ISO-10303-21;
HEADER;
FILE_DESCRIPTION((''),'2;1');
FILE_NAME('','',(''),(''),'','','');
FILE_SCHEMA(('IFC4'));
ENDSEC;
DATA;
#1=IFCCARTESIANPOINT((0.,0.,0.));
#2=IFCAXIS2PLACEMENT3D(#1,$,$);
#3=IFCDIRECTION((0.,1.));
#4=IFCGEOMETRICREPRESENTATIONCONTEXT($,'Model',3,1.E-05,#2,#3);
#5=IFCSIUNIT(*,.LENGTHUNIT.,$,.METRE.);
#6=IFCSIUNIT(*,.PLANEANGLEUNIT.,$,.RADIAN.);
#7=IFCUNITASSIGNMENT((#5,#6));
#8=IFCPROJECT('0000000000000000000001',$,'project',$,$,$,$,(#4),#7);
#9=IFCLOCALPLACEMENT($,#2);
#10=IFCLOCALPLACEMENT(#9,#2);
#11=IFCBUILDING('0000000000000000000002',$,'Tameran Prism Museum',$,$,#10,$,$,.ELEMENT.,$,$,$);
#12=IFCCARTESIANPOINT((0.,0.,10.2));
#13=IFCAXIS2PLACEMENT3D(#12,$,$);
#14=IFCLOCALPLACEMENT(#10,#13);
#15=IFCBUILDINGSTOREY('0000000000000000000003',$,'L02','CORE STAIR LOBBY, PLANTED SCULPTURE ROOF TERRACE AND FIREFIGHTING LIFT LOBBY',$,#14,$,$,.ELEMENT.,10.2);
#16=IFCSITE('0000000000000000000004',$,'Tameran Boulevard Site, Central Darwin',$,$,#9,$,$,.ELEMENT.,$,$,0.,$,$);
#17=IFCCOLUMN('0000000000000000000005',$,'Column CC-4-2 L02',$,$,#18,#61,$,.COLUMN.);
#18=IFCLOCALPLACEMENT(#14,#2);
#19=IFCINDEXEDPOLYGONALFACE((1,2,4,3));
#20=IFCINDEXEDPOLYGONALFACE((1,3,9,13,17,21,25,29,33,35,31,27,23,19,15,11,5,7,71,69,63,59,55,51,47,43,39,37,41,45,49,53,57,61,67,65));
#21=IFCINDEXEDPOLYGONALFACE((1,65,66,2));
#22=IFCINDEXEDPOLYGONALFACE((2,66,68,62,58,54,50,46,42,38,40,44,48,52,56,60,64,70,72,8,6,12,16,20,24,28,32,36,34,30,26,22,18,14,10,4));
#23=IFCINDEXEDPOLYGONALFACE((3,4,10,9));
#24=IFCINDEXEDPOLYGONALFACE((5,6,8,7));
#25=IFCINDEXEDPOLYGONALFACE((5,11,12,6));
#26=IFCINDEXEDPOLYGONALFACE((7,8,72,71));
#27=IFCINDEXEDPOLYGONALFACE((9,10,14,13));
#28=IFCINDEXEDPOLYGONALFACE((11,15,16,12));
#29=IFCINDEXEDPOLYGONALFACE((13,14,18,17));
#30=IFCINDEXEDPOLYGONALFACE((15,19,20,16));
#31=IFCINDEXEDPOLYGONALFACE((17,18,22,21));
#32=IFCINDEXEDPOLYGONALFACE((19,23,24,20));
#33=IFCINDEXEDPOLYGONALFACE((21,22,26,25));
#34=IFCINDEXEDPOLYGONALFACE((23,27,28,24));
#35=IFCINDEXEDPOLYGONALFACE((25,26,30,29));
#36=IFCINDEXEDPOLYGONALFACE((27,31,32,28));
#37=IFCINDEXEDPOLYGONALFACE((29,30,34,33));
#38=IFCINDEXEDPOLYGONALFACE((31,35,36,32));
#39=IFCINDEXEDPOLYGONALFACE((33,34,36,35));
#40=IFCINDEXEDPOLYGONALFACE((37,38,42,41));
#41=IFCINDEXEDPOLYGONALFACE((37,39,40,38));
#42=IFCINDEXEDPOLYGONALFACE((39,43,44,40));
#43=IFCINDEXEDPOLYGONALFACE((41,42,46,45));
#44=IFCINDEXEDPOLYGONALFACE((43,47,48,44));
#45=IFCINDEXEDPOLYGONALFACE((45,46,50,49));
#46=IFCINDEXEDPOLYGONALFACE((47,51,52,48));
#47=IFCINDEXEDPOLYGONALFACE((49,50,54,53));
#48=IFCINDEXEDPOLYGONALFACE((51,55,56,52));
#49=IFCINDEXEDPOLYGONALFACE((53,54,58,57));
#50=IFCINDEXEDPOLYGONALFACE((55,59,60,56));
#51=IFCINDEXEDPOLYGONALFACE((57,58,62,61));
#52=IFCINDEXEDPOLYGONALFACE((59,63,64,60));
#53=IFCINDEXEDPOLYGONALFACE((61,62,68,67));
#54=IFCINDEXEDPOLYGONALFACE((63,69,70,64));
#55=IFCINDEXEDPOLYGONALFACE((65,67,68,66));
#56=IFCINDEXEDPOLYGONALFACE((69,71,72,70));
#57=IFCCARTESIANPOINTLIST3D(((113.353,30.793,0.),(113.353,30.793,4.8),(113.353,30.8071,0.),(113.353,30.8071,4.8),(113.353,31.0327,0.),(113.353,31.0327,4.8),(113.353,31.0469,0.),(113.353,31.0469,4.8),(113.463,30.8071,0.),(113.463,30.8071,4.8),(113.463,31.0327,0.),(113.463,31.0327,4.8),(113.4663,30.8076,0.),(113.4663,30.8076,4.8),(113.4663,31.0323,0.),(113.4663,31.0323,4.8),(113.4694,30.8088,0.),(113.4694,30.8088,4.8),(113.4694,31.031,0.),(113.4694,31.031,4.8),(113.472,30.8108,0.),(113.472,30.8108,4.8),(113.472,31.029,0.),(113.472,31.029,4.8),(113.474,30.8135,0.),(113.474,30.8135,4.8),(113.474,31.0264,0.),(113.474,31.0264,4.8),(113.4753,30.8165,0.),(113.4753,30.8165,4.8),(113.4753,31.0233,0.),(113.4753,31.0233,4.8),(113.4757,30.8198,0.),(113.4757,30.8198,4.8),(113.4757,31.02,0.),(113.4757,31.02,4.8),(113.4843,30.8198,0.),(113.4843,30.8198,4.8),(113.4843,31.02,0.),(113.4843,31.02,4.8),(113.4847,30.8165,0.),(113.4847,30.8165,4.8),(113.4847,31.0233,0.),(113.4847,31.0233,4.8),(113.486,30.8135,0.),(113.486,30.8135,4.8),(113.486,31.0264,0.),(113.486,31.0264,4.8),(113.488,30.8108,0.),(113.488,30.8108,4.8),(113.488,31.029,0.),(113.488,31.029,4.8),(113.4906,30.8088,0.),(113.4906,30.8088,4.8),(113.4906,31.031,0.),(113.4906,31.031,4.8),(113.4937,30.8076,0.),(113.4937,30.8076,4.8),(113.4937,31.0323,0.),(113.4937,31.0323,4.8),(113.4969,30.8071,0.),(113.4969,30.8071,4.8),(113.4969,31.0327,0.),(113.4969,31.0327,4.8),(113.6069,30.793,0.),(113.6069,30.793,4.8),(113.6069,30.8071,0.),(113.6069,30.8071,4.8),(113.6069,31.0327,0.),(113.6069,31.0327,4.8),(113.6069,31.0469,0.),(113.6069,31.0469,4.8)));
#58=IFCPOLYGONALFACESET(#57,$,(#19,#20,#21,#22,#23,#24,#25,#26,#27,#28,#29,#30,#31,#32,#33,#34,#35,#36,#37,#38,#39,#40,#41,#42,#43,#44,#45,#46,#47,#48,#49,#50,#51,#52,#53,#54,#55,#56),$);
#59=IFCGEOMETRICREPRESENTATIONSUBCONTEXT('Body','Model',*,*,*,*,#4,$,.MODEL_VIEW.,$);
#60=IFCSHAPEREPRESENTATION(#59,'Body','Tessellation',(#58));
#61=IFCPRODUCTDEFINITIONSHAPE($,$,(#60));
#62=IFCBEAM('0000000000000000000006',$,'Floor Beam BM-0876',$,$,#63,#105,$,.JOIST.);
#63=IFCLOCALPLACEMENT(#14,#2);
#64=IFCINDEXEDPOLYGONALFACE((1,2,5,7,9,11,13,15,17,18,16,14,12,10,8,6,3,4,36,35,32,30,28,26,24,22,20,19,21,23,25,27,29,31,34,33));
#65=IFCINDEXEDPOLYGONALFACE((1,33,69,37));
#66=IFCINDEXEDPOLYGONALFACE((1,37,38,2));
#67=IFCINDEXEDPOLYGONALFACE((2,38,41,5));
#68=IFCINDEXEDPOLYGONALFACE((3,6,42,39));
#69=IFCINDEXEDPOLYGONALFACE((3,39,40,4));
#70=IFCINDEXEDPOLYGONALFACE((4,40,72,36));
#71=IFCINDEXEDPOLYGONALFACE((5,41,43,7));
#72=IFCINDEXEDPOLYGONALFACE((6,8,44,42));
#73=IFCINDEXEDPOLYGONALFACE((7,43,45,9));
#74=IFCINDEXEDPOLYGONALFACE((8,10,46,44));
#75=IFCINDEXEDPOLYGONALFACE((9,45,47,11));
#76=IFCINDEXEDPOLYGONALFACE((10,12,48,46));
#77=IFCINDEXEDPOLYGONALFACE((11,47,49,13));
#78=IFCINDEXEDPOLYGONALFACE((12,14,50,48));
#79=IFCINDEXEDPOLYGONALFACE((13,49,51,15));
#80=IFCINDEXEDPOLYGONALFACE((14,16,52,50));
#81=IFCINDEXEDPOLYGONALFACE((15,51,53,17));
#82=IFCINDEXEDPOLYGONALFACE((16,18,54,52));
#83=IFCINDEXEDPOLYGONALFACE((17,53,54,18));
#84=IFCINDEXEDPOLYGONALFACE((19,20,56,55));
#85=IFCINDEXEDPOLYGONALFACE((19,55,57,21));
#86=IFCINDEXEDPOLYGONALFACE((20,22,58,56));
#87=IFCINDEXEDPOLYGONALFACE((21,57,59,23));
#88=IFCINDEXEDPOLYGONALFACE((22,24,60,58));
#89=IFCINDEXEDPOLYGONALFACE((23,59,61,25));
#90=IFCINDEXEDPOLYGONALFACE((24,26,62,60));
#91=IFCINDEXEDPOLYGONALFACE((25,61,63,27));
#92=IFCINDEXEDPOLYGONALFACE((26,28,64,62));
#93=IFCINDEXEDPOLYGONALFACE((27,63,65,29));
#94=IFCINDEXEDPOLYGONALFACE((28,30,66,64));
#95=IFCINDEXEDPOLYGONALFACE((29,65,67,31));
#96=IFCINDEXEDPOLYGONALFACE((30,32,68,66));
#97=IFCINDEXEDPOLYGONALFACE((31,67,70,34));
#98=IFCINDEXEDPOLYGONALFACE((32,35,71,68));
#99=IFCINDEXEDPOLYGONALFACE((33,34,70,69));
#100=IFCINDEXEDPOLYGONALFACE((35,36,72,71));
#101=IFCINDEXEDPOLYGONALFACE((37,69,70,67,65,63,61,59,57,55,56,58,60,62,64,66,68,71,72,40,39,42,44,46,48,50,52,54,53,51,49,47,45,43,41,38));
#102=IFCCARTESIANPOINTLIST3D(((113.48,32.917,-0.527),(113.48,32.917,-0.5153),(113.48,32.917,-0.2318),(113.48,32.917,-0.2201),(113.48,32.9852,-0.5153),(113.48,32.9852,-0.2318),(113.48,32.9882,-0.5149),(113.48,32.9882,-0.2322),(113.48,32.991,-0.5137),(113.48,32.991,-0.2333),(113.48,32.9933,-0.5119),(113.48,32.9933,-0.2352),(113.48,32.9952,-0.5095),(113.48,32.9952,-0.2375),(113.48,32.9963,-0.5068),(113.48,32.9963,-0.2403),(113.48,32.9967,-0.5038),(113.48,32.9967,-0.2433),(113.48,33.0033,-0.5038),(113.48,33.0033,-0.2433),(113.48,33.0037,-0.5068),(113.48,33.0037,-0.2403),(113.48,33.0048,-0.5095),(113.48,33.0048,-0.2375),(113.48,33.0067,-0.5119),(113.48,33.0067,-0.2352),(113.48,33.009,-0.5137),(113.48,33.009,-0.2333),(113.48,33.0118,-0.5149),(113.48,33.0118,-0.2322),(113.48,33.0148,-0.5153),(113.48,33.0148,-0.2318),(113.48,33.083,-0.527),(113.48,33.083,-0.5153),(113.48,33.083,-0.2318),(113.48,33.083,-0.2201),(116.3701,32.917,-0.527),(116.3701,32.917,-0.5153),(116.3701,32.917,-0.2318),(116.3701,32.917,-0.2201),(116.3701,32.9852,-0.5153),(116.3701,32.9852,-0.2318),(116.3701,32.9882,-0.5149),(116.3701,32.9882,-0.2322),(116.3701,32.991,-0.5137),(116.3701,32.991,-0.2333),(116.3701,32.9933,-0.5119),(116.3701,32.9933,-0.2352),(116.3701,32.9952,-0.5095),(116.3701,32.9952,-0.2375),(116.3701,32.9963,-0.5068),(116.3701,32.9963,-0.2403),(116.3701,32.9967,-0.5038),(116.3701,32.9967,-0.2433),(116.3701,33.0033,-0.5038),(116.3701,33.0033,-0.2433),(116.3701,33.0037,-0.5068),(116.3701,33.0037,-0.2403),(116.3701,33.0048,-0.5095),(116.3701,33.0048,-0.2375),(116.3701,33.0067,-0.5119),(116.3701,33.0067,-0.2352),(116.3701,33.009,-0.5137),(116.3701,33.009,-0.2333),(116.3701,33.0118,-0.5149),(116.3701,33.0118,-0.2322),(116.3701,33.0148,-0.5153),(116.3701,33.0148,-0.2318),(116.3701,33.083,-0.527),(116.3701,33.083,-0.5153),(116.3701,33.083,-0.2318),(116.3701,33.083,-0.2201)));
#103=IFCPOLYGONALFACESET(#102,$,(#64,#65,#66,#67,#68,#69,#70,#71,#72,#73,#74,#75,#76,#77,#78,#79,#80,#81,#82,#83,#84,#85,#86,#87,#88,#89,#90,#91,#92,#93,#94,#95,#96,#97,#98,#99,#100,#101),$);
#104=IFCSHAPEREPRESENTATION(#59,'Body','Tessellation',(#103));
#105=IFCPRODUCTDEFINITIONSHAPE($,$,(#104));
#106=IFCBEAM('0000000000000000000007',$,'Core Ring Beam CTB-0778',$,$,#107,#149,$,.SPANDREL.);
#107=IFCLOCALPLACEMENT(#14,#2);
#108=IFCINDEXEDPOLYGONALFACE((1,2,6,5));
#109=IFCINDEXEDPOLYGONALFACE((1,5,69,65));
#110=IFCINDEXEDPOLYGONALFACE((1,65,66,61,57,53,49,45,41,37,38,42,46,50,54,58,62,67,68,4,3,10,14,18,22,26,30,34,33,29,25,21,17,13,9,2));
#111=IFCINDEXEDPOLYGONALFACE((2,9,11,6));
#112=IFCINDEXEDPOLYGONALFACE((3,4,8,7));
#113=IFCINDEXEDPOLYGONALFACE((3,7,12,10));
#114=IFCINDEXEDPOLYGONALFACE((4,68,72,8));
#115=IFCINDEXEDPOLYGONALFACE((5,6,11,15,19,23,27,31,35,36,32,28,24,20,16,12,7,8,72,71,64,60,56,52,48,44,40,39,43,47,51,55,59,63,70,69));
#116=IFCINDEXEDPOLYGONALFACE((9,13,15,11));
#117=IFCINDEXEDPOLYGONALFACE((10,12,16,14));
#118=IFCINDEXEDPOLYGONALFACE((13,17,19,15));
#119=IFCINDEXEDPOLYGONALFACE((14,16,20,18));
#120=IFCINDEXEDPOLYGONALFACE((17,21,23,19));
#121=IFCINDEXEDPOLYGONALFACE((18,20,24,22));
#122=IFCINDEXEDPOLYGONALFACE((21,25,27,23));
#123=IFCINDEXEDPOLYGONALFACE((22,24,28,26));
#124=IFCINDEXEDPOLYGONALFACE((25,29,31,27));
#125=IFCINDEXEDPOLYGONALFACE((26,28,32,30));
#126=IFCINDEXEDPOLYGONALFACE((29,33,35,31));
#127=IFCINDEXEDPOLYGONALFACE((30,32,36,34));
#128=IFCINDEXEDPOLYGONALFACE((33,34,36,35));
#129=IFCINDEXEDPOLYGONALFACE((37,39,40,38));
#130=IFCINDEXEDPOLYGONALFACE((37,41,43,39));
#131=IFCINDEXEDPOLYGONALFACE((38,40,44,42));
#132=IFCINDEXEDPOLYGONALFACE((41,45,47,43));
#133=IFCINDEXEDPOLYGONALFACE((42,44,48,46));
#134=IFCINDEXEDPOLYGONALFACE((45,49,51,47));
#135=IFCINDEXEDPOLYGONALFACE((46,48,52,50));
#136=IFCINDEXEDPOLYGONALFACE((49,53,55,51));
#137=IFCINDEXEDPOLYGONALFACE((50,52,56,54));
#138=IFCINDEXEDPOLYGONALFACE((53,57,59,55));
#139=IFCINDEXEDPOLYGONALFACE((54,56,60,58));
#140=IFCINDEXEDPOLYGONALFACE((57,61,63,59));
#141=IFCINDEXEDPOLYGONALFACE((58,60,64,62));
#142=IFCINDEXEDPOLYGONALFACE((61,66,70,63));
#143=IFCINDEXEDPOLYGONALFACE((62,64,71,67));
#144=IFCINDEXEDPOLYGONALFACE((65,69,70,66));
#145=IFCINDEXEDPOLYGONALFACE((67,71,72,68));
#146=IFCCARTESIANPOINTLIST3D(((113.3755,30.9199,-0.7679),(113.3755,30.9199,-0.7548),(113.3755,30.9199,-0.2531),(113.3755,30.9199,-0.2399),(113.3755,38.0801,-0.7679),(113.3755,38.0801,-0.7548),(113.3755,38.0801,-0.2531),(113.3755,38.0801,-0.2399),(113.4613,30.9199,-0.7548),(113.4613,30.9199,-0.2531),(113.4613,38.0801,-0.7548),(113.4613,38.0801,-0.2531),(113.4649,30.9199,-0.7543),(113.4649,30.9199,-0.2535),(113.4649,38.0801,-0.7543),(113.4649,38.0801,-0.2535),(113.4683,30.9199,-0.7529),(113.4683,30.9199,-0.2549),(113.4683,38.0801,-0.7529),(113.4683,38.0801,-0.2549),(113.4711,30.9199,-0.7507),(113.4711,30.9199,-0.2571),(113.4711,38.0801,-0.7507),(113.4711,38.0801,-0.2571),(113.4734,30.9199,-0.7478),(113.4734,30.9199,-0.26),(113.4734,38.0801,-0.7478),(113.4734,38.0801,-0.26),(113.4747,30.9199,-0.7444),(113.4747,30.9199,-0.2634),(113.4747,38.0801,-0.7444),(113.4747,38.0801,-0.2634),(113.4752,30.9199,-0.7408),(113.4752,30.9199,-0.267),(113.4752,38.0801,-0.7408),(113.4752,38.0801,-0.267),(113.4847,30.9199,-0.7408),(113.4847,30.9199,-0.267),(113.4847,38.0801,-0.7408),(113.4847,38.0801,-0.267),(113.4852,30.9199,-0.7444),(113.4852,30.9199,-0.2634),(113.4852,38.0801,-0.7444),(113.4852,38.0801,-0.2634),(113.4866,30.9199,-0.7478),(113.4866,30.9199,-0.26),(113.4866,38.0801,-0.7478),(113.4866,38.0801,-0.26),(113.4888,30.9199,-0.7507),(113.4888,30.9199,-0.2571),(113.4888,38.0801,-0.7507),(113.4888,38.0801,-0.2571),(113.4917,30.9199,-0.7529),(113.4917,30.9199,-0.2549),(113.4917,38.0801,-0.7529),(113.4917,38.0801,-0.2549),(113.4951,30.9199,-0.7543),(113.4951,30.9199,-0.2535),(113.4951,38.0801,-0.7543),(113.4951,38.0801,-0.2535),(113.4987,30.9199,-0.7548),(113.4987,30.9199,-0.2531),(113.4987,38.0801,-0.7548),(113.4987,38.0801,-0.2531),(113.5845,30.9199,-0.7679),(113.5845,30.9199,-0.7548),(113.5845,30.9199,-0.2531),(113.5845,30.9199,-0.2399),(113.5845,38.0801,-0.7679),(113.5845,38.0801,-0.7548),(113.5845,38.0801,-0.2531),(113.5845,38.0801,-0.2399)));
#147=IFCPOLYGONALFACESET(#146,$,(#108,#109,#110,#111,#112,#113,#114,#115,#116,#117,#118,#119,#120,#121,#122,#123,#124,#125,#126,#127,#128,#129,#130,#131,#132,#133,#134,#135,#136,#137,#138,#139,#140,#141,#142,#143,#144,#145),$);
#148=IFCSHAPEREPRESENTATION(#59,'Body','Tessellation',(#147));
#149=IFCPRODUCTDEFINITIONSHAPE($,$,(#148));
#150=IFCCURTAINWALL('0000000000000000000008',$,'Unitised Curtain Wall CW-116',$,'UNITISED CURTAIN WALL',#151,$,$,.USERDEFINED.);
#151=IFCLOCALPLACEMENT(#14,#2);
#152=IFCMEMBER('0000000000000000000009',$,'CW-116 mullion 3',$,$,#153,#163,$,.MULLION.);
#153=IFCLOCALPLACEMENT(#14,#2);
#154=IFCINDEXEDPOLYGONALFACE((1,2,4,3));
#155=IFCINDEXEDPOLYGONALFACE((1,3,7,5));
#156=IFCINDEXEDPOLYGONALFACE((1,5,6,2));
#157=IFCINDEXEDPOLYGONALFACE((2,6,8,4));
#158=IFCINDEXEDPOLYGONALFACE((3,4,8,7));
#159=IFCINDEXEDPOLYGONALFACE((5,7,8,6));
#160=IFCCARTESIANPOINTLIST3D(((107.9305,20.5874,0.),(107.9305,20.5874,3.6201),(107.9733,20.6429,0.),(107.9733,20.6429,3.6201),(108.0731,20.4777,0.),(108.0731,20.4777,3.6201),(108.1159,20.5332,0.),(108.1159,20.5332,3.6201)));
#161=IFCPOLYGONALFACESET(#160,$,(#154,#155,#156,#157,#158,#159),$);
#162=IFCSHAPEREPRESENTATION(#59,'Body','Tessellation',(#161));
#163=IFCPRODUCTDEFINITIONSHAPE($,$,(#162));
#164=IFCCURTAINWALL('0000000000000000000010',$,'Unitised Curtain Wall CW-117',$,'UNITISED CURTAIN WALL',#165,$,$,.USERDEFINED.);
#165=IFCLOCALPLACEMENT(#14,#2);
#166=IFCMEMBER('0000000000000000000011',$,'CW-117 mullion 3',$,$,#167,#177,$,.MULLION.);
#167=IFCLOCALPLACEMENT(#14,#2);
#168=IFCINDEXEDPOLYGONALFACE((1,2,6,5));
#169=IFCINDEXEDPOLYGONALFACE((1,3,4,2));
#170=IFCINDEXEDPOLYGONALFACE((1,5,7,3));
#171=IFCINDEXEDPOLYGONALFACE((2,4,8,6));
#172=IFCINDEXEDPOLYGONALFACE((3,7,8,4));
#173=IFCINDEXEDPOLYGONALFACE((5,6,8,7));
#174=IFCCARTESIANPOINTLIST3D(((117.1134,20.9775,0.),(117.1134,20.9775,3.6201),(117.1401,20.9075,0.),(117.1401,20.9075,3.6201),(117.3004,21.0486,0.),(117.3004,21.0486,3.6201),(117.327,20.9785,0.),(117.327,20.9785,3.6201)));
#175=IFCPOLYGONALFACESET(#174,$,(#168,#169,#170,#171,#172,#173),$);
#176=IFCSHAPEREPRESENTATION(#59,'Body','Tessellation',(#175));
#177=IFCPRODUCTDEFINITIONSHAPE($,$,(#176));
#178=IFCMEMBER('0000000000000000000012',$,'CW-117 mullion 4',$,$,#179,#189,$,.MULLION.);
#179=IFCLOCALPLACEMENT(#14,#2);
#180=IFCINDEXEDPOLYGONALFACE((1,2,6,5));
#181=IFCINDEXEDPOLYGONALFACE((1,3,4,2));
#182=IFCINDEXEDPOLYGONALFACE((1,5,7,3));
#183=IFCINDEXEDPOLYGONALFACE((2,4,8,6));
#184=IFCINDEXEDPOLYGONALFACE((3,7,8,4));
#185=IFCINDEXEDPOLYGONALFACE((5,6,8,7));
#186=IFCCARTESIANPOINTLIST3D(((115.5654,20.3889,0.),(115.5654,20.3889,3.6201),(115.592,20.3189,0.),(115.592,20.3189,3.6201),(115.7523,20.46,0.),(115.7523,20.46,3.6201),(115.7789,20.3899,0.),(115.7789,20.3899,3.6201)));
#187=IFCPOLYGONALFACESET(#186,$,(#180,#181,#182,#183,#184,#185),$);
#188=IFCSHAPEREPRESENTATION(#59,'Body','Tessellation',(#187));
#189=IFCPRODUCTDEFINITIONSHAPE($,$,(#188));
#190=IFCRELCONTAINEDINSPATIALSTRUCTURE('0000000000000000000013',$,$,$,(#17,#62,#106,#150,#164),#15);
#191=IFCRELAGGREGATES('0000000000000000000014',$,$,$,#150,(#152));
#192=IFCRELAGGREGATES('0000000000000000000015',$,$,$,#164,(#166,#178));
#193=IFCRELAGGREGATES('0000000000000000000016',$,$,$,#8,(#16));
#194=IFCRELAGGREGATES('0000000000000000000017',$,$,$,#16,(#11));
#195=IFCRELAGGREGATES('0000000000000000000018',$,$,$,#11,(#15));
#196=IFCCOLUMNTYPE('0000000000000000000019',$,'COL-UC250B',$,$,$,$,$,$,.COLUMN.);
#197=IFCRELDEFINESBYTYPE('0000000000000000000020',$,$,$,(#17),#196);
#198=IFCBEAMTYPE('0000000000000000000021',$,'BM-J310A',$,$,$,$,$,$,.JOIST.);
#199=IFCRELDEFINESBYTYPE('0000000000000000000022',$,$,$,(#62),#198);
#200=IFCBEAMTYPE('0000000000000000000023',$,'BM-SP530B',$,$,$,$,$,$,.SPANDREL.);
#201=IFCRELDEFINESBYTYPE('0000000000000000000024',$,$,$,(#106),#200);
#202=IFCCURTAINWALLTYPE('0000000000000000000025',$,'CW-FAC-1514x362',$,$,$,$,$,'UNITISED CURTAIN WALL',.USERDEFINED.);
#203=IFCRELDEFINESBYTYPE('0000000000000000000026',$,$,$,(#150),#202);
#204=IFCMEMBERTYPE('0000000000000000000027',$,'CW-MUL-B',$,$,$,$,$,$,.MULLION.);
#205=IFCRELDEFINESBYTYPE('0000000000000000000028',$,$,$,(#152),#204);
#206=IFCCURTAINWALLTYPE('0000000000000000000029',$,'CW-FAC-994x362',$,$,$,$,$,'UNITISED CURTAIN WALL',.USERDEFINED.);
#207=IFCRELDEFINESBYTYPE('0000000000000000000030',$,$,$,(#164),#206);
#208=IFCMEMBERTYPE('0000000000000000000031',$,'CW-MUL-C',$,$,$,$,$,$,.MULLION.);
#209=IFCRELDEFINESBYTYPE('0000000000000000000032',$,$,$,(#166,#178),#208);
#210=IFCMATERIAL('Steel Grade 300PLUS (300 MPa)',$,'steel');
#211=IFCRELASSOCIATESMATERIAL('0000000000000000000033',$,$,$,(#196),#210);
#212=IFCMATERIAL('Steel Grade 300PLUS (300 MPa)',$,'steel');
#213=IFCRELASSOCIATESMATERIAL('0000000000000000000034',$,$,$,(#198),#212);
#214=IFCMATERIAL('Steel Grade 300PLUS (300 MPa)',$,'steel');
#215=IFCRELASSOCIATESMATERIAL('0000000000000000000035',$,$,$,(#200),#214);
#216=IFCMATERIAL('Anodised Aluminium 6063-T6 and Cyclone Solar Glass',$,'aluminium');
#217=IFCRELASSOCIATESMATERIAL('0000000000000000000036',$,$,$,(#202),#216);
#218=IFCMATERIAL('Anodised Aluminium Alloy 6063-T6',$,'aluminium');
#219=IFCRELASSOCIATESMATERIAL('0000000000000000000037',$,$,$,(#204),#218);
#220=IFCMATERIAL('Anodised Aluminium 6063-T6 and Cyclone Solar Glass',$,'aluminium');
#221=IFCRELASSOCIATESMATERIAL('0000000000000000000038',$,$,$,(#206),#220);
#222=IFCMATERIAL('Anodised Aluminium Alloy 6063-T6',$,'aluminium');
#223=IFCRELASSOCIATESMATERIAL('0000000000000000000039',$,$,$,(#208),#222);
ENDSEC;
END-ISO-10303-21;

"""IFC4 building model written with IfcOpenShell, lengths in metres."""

from ifc_helpers import new_model, si_unit, direction, frame, origin, origin_2d, place, context, subcontext, project, spatial, rectangle, i_section, extrude, material, material_profile, profile_set, type_object, element, aggregate, save


model = new_model("IFC4")

# Units and contexts
model_context = context("Model", 3, precision=1e-05, world=origin(), true_north=direction((0.0, 1.0)))
body_context = subcontext(model_context, "Body", "Model", "MODEL_VIEW")
ifc_project = project(units=[si_unit("LENGTHUNIT", "METRE"), si_unit("PLANEANGLEUNIT", "RADIAN")], contexts=[model_context])

# Site, building, storey
site_placement = place(None, origin())
site = spatial("IfcSite", under=ifc_project, at=site_placement, Name="Tameran Boulevard Site, Central Darwin", CompositionType="ELEMENT", RefElevation=0.0)
building_placement = place(site_placement, origin())
building = spatial("IfcBuilding", under=site, at=building_placement, Name="Tameran Prism Museum", CompositionType="ELEMENT")
storey_placement = place(building_placement, frame((0.0, 0.0, 10.2)))
storey = spatial("IfcBuildingStorey", under=building, at=storey_placement, Name="L02", Description="CORE STAIR LOBBY, PLANTED SCULPTURE ROOF TERRACE AND FIREFIGHTING LIFT LOBBY", CompositionType="ELEMENT", Elevation=10.2)

# Column
ifc_material_1 = material(Name="Steel Grade 300PLUS (300 MPa)", Category="steel")
ifc_material_profile_1 = material_profile(ifc_material_1, i_section(OverallWidth=0.2539, OverallDepth=0.2539, WebThickness=0.0085, FlangeThickness=0.0142, FilletRadius=0.0127, at=origin_2d()))
ifc_profile_set_1 = profile_set([ifc_material_profile_1])
column_type = type_object("IfcColumnType", Name="COL-UC250B", PredefinedType="COLUMN", material=ifc_profile_set_1)
column_placement = place(storey_placement, frame((113.48, 30.9199, 0.0), z_axis=(0.0, 0.0, 1.0), x_axis=(1.0, 0.0, 0.0)))
element("IfcColumn", 1, at=column_placement, inside=storey, type_object=column_type, Name="Column CC-4-2 L02", PredefinedType="COLUMN", context=body_context, shape_type="SweptSolid", body=[
    extrude(i_section(OverallWidth=0.2539, OverallDepth=0.2539, WebThickness=0.0085, FlangeThickness=0.0142, FilletRadius=0.0127, at=origin_2d()), origin(), (0.0, 0.0, 1.0), 4.8),
])

# Beams
ifc_material_2 = material(Name="Steel Grade 300PLUS (300 MPa)", Category="steel")
ifc_material_profile_2 = material_profile(ifc_material_2, i_section(OverallWidth=0.166, OverallDepth=0.3069, WebThickness=0.0066, FlangeThickness=0.0117, FilletRadius=0.0115, at=origin_2d()))
ifc_profile_set_2 = profile_set([ifc_material_profile_2])
beam_type_1 = type_object("IfcBeamType", Name="BM-J310A", PredefinedType="JOIST", material=ifc_profile_set_2)
beam_1_placement = place(storey_placement, frame((113.48, 33.0, -0.3735), z_axis=(1.0, 0.0, 0.0), x_axis=(0.0, 1.0, 0.0)))
element("IfcBeam", 2, at=beam_1_placement, inside=storey, type_object=beam_type_1, Name="Floor Beam BM-0876", PredefinedType="JOIST", context=body_context, shape_type="SweptSolid", body=[
    extrude(i_section(OverallWidth=0.166, OverallDepth=0.3069, WebThickness=0.0066, FlangeThickness=0.0117, FilletRadius=0.0115, at=origin_2d()), origin(), (0.0, 0.0, 1.0), 2.8901),
])
ifc_material_3 = material(Name="Steel Grade 300PLUS (300 MPa)", Category="steel")
ifc_material_profile_3 = material_profile(ifc_material_3, i_section(OverallWidth=0.209, OverallDepth=0.5281, WebThickness=0.0095, FlangeThickness=0.0132, FilletRadius=0.0139, at=origin_2d()))
ifc_profile_set_3 = profile_set([ifc_material_profile_3])
beam_type_2 = type_object("IfcBeamType", Name="BM-SP530B", PredefinedType="SPANDREL", material=ifc_profile_set_3)
beam_2_placement = place(storey_placement, frame((113.48, 30.9199, -0.5039), z_axis=(0.0, 1.0, 0.0), x_axis=(-1.0, 0.0, 0.0)))
element("IfcBeam", 3, at=beam_2_placement, inside=storey, type_object=beam_type_2, Name="Core Ring Beam CTB-0778", PredefinedType="SPANDREL", context=body_context, shape_type="SweptSolid", body=[
    extrude(i_section(OverallWidth=0.209, OverallDepth=0.5281, WebThickness=0.0095, FlangeThickness=0.0132, FilletRadius=0.0139, at=origin_2d()), origin(), (0.0, 0.0, 1.0), 7.1602),
])

# Curtain wall, member
ifc_material_4 = material(Name="Anodised Aluminium 6063-T6 and Cyclone Solar Glass", Category="aluminium")
curtain_wall_type_1 = type_object("IfcCurtainWallType", Name="CW-FAC-1514x362", ElementType="UNITISED CURTAIN WALL", PredefinedType="USERDEFINED", material=ifc_material_4)
curtain_wall_1_placement = place(storey_placement, origin())
curtain_wall_1 = element("IfcCurtainWall", 4, at=curtain_wall_1_placement, inside=storey, type_object=curtain_wall_type_1, Name="Unitised Curtain Wall CW-116", ObjectType="UNITISED CURTAIN WALL", PredefinedType="USERDEFINED")
ifc_material_5 = material(Name="Anodised Aluminium Alloy 6063-T6", Category="aluminium")
ifc_material_profile_4 = material_profile(ifc_material_5, rectangle(XDim=0.0701, YDim=0.1799, at=origin_2d()))
ifc_profile_set_4 = profile_set([ifc_material_profile_4])
member_type_1 = type_object("IfcMemberType", Name="CW-MUL-B", PredefinedType="MULLION", material=ifc_profile_set_4)
member_1_placement = place(storey_placement, frame((108.0232, 20.5603, 0.0), z_axis=(0.0, 0.0, 1.0), x_axis=(-0.610001, -0.792401, 0.0)))
member_1 = element("IfcMember", 5, at=member_1_placement, type_object=member_type_1, Name="CW-116 mullion 3", PredefinedType="MULLION", context=body_context, shape_type="SweptSolid", body=[
    extrude(rectangle(XDim=0.0701, YDim=0.1799, at=origin_2d()), origin(), (0.0, 0.0, 1.0), 3.6201),
])

# Curtain wall, members
ifc_material_6 = material(Name="Anodised Aluminium 6063-T6 and Cyclone Solar Glass", Category="aluminium")
curtain_wall_type_2 = type_object("IfcCurtainWallType", Name="CW-FAC-994x362", ElementType="UNITISED CURTAIN WALL", PredefinedType="USERDEFINED", material=ifc_material_6)
curtain_wall_2_placement = place(storey_placement, origin())
curtain_wall_2 = element("IfcCurtainWall", 6, at=curtain_wall_2_placement, inside=storey, type_object=curtain_wall_type_2, Name="Unitised Curtain Wall CW-117", ObjectType="UNITISED CURTAIN WALL", PredefinedType="USERDEFINED")
ifc_material_7 = material(Name="Anodised Aluminium Alloy 6063-T6", Category="aluminium")
ifc_material_profile_5 = material_profile(ifc_material_7, rectangle(XDim=0.075, YDim=0.2, at=origin_2d()))
ifc_profile_set_5 = profile_set([ifc_material_profile_5])
member_type_2 = type_object("IfcMemberType", Name="CW-MUL-C", PredefinedType="MULLION", material=ifc_profile_set_5)
member_2_placement = place(storey_placement, frame((117.2202, 20.978, 0.0), z_axis=(0.0, 0.0, 1.0), x_axis=(0.355288, -0.934757, 0.0)))
member_2 = element("IfcMember", 7, at=member_2_placement, type_object=member_type_2, Name="CW-117 mullion 3", PredefinedType="MULLION", context=body_context, shape_type="SweptSolid", body=[
    extrude(rectangle(XDim=0.075, YDim=0.2, at=origin_2d()), origin(), (0.0, 0.0, 1.0), 3.6201),
])
member_3_placement = place(storey_placement, frame((115.6721, 20.3894, 0.0), z_axis=(0.0, 0.0, 1.0), x_axis=(0.355288, -0.934757, 0.0)))
member_3 = element("IfcMember", 8, at=member_3_placement, type_object=member_type_2, Name="CW-117 mullion 4", PredefinedType="MULLION", context=body_context, shape_type="SweptSolid", body=[
    extrude(rectangle(XDim=0.075, YDim=0.2, at=origin_2d()), origin(), (0.0, 0.0, 1.0), 3.6201),
])

aggregate(curtain_wall_1, [member_1])

aggregate(curtain_wall_2, [member_2, member_3])

save(model, "model.ifc")
